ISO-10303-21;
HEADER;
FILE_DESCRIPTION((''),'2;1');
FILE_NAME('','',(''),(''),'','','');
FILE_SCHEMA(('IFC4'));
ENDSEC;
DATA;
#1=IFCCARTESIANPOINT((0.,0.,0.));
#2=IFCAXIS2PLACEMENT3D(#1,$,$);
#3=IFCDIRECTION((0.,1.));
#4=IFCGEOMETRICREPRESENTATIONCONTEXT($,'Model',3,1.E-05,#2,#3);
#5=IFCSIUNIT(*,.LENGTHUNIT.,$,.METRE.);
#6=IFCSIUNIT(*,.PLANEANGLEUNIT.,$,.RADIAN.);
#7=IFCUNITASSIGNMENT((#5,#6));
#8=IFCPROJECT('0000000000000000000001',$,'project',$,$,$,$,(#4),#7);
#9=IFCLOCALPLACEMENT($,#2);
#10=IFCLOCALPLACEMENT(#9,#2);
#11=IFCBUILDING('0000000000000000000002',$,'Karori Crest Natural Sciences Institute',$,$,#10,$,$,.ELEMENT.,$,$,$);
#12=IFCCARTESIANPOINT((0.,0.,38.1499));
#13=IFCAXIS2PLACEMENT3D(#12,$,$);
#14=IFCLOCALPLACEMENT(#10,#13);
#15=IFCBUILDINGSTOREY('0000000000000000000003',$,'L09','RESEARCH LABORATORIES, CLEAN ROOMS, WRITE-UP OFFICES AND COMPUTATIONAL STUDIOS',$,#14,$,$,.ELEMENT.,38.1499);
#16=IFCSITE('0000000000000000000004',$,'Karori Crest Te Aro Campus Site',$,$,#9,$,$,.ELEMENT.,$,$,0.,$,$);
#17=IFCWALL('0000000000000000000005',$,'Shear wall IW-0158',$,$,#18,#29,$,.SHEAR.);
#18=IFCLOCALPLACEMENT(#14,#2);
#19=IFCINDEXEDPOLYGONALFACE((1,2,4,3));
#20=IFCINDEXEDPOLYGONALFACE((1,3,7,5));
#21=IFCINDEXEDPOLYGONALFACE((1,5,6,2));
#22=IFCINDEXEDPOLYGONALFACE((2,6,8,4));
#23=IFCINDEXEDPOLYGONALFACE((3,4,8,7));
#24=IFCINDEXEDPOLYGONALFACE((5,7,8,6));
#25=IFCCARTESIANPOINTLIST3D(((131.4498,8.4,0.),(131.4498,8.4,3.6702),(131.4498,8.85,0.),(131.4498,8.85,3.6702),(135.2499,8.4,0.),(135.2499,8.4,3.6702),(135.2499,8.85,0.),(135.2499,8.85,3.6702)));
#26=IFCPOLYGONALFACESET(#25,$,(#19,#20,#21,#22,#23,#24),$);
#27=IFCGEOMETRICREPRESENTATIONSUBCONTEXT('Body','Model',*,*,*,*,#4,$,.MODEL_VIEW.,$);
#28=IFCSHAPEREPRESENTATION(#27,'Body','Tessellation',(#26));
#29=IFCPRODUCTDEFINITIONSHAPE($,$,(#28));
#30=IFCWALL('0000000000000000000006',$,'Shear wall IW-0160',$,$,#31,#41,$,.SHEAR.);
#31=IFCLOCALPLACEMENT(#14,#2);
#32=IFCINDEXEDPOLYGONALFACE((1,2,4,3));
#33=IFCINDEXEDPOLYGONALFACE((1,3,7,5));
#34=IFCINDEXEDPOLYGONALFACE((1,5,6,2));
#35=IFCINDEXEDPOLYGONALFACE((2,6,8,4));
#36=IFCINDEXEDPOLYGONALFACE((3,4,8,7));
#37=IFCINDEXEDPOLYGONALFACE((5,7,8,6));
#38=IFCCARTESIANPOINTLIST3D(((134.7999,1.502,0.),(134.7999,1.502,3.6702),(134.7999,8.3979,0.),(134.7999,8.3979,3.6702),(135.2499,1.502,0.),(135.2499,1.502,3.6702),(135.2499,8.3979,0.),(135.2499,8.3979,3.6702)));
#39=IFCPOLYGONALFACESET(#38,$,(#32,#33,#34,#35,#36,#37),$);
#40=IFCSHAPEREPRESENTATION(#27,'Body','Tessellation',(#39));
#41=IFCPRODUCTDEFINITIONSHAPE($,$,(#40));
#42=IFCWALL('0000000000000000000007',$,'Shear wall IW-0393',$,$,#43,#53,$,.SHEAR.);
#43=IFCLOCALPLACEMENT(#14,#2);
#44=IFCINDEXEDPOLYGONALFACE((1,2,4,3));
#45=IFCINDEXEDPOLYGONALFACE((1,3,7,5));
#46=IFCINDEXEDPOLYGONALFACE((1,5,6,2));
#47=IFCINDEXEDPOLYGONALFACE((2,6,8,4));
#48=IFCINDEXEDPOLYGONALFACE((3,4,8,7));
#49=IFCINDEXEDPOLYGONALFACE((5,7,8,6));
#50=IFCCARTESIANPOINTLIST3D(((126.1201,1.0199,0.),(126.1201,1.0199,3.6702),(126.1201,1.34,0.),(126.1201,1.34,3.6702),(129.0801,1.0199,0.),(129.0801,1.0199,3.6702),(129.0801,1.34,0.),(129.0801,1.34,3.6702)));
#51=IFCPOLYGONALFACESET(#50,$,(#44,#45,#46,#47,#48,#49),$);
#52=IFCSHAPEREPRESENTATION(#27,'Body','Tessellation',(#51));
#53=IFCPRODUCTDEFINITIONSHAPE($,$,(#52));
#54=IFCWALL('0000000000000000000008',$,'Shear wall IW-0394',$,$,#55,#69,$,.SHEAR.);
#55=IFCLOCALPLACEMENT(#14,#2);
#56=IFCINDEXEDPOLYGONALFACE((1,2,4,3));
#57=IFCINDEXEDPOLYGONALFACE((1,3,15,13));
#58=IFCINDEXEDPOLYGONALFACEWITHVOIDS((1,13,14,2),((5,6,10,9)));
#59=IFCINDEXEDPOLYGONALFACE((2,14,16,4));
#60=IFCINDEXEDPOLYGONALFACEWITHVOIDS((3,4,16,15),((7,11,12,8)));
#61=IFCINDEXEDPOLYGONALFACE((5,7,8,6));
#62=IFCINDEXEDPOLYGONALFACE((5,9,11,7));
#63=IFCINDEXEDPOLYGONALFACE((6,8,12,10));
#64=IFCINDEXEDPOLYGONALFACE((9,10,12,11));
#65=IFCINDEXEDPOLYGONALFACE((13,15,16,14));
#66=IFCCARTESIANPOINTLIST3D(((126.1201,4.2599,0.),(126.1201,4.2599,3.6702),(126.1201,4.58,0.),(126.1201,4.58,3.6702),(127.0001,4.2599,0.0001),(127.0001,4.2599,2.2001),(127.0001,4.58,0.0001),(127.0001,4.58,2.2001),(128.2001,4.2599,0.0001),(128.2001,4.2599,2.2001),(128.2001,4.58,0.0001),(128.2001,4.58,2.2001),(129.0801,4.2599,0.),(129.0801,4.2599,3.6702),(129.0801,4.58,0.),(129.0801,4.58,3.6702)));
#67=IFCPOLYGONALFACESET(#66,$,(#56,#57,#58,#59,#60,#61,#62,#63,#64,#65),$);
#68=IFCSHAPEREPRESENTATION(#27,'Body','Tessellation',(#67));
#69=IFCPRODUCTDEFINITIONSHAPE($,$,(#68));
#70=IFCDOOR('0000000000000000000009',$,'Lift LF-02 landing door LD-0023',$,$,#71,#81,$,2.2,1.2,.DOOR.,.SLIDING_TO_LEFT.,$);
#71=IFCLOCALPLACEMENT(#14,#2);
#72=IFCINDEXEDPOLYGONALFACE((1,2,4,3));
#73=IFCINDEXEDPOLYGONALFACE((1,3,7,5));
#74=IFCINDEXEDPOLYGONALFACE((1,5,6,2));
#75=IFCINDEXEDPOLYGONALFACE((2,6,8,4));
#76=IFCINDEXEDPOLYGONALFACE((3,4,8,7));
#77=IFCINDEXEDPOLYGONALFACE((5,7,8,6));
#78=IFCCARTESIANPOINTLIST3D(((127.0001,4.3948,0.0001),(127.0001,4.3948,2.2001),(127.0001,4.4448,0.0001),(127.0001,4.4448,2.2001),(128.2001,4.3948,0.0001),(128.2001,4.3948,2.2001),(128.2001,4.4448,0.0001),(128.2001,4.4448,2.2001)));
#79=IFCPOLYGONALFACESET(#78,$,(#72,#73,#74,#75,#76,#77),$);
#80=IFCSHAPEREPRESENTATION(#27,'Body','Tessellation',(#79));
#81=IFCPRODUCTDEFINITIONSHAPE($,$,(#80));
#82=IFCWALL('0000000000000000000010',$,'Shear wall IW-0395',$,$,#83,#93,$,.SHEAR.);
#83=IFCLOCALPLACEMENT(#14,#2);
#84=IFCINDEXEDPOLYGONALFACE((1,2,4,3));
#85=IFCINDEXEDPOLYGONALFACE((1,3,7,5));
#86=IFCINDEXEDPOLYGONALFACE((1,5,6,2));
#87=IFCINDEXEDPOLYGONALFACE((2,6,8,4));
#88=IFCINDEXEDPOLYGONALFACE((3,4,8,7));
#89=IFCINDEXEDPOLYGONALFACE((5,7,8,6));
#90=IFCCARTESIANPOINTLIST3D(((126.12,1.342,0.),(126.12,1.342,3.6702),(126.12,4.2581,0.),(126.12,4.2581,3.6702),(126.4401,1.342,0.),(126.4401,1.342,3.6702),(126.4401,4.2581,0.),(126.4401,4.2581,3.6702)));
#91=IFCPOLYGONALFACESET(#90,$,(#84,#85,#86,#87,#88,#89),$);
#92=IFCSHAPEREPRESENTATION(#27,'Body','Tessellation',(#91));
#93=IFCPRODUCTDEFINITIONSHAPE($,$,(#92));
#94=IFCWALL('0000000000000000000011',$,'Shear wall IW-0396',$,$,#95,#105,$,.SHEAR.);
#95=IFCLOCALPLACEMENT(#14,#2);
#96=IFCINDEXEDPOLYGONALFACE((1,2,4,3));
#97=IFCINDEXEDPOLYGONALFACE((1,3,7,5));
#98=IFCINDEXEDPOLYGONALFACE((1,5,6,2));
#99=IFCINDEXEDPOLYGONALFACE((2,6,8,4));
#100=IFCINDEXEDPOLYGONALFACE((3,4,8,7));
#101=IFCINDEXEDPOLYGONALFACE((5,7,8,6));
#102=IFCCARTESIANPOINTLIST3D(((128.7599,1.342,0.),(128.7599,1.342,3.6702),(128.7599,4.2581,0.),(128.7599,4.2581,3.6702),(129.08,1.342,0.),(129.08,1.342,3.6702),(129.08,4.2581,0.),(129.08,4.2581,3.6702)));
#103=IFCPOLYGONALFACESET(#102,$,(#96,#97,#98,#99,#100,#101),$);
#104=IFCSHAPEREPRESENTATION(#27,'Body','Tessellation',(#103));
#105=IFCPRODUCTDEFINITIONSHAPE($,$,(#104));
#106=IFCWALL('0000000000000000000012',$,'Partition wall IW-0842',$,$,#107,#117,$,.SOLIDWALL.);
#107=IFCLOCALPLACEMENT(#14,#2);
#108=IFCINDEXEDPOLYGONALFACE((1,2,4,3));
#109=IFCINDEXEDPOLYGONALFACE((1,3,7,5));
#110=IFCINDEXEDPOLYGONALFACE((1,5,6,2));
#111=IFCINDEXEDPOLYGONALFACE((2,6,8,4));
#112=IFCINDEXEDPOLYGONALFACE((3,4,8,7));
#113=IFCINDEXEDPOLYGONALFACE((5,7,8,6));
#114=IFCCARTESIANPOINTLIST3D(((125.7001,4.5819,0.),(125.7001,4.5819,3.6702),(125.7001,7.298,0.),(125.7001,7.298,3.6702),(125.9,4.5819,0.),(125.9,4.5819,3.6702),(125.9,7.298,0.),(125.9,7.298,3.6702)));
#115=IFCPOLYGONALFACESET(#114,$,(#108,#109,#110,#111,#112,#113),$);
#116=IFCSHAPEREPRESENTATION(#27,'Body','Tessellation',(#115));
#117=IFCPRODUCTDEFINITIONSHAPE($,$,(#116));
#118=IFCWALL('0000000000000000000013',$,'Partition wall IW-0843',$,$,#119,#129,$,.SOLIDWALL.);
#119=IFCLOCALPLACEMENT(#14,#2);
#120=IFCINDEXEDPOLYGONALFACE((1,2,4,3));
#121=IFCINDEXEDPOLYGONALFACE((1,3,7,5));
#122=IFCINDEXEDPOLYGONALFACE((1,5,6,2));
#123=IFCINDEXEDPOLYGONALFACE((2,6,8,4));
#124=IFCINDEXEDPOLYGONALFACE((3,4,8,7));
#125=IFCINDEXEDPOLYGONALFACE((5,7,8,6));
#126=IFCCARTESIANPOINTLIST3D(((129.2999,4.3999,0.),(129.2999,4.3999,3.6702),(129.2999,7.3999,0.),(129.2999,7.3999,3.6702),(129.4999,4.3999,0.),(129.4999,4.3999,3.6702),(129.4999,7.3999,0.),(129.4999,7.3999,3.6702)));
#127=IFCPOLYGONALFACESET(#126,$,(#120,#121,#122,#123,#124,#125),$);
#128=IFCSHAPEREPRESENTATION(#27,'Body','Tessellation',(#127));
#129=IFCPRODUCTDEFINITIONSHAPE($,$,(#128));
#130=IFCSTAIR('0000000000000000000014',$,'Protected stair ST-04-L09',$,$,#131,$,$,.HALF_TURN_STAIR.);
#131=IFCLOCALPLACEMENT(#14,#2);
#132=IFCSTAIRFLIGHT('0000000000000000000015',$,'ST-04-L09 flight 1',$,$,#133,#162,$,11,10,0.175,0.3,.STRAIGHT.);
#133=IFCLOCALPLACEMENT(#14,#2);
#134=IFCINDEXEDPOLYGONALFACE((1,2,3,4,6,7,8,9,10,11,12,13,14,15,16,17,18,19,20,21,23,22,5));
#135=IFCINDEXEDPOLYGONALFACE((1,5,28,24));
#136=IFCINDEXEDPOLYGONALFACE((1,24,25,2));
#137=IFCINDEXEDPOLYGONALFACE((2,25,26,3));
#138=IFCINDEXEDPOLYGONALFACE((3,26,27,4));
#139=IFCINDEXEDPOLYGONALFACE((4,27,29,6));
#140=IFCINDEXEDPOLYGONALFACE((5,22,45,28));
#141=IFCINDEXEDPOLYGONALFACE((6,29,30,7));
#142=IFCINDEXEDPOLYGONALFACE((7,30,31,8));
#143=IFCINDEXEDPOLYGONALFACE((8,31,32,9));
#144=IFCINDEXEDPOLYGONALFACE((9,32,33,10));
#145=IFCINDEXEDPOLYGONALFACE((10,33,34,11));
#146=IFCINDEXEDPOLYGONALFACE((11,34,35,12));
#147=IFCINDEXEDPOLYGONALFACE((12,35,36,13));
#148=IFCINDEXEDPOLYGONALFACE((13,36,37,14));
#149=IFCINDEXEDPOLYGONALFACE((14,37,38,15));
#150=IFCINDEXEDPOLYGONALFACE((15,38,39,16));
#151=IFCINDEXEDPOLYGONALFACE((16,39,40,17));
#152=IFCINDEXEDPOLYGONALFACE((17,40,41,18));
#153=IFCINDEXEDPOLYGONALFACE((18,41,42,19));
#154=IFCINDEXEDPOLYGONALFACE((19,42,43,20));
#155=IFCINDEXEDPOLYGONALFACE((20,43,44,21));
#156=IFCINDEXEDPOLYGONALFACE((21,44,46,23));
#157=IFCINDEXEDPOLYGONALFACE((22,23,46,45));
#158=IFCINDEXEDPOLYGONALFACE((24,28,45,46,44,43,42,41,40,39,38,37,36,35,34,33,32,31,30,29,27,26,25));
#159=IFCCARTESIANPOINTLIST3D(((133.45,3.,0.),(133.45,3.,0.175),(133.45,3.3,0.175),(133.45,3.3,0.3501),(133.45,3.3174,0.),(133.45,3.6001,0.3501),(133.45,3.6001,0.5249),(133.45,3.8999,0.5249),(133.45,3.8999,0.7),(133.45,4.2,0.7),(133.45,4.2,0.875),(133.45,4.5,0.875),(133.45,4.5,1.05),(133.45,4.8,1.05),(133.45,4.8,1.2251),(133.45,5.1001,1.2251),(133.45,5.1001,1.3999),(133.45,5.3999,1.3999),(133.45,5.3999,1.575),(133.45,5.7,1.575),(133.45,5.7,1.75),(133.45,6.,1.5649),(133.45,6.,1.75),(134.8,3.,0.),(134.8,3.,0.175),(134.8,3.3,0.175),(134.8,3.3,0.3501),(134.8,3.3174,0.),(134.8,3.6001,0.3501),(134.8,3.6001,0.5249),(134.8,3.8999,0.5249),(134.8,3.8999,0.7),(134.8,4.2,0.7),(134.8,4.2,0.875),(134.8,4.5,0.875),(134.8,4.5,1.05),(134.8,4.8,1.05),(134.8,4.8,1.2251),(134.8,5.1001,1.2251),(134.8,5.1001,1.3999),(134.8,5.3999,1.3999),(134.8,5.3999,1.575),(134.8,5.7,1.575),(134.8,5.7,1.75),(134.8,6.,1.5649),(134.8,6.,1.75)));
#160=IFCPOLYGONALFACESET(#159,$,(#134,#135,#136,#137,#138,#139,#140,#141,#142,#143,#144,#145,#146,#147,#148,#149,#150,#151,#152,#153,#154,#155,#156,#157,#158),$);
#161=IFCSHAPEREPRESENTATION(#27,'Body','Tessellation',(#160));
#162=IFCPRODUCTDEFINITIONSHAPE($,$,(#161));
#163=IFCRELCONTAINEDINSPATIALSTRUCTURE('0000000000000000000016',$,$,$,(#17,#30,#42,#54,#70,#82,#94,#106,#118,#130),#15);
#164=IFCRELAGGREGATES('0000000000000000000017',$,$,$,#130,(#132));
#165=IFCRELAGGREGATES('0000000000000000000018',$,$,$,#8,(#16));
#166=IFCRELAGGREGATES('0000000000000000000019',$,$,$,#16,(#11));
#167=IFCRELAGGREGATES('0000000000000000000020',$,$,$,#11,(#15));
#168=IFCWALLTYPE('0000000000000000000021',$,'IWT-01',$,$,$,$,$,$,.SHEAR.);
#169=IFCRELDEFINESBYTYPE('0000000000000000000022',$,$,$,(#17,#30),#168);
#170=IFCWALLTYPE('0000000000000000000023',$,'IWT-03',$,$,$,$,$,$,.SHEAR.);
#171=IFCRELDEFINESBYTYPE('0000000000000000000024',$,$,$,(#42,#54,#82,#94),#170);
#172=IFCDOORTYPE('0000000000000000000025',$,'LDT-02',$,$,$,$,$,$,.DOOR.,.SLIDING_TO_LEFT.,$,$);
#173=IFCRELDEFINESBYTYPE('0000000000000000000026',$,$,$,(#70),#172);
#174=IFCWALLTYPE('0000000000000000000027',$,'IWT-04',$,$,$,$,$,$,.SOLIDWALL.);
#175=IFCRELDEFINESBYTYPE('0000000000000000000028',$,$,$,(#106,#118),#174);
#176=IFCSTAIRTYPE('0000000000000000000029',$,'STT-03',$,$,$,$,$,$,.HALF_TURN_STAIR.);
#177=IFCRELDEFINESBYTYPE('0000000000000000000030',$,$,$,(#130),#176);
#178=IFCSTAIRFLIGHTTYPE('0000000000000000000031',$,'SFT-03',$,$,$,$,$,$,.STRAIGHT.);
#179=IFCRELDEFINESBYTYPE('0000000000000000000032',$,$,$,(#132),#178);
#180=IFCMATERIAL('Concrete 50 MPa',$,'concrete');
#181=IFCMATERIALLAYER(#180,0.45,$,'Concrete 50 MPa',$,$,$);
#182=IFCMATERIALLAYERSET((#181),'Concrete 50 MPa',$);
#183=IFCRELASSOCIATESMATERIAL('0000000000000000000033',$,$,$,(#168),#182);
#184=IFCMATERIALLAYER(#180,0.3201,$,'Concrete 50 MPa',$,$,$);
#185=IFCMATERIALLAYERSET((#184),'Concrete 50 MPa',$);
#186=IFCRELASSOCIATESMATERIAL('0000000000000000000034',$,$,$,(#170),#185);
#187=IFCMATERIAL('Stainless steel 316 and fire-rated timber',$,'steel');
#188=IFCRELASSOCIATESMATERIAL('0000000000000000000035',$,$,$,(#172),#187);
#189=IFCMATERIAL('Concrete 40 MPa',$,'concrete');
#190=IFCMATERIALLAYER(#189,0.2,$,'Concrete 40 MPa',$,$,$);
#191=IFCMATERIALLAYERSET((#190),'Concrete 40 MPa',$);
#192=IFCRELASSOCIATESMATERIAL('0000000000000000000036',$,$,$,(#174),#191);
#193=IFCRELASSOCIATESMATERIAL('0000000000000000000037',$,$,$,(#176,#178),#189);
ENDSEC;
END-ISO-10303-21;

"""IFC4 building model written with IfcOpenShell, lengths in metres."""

from ifc_helpers import new_model, si_unit, direction, frame, frame_2d, origin, place, context, subcontext, project, spatial, polyline, rectangle, outline, extrude, material, layer, layer_set, type_object, element, fill, aggregate, save


model = new_model("IFC4")

# Units and contexts
model_context = context("Model", 3, precision=1e-05, world=origin(), true_north=direction((0.0, 1.0)))
body_context = subcontext(model_context, "Body", "Model", "MODEL_VIEW")
ifc_project = project(units=[si_unit("LENGTHUNIT", "METRE"), si_unit("PLANEANGLEUNIT", "RADIAN")], contexts=[model_context])

# Site, building, storey
site_placement = place(None, origin())
site = spatial("IfcSite", under=ifc_project, at=site_placement, Name="Karori Crest Te Aro Campus Site", CompositionType="ELEMENT", RefElevation=0.0)
building_placement = place(site_placement, origin())
building = spatial("IfcBuilding", under=site, at=building_placement, Name="Karori Crest Natural Sciences Institute", CompositionType="ELEMENT")
storey_placement = place(building_placement, frame((0.0, 0.0, 38.1499)))
storey = spatial("IfcBuildingStorey", under=building, at=storey_placement, Name="L09", Description="RESEARCH LABORATORIES, CLEAN ROOMS, WRITE-UP OFFICES AND COMPUTATIONAL STUDIOS", CompositionType="ELEMENT", Elevation=38.1499)

# Shared definitions
ifc_material_1 = material(Name="Concrete 50 MPa", Category="concrete")

# Wall
ifc_layer_1 = layer(ifc_material_1, 0.45, Name="Concrete 50 MPa")
ifc_layer_set_1 = layer_set([ifc_layer_1], Name="Concrete 50 MPa")
wall_type_1 = type_object("IfcWallType", Name="IWT-01", PredefinedType="SHEAR", material=ifc_layer_set_1)
for number, where, z_axis, x_axis, name in (
    (1, (131.45, 8.625, 0.0), (0.0, 0.0, 1.0), (1.0, 0.0, 0.0), "Shear wall IW-0158"),
):
    element("IfcWall", number, at=place(storey_placement, frame(where, z_axis=z_axis, x_axis=x_axis)), inside=storey, type_object=wall_type_1, Name=name, PredefinedType="SHEAR", context=body_context, shape_type="SweptSolid", body=[
        extrude(rectangle(XDim=3.8, YDim=0.45, at=frame_2d((1.8999, 0.0))), origin(), (0.0, 0.0, 1.0), 3.6702),
    ])

# Shared definitions
ifc_material_2 = material(Name="Stainless steel 316 and fire-rated timber", Category="steel")

# Walls
wall_1_placement = place(storey_placement, frame((135.0249, 1.502, 0.0), z_axis=(0.0, 0.0, 1.0), x_axis=(0.0, 1.0, 0.0)))
element("IfcWall", 2, at=wall_1_placement, inside=storey, type_object=wall_type_1, Name="Shear wall IW-0160", PredefinedType="SHEAR", context=body_context, shape_type="SweptSolid", body=[
    extrude(rectangle(XDim=6.896, YDim=0.45, at=frame_2d((3.448, 0.0))), origin(), (0.0, 0.0, 1.0), 3.6702),
])
ifc_layer_2 = layer(ifc_material_1, 0.3201, Name="Concrete 50 MPa")
ifc_layer_set_2 = layer_set([ifc_layer_2], Name="Concrete 50 MPa")
wall_type_2 = type_object("IfcWallType", Name="IWT-03", PredefinedType="SHEAR", material=ifc_layer_set_2)
wall_2_placement = place(storey_placement, frame((126.1201, 1.1799, 0.0), z_axis=(0.0, 0.0, 1.0), x_axis=(1.0, 0.0, 0.0)))
element("IfcWall", 3, at=wall_2_placement, inside=storey, type_object=wall_type_2, Name="Shear wall IW-0393", PredefinedType="SHEAR", context=body_context, shape_type="SweptSolid", body=[
    extrude(rectangle(XDim=2.96, YDim=0.3201, at=frame_2d((1.48, 0.0))), origin(), (0.0, 0.0, 1.0), 3.6702),
])

# Wall, opening, door
wall_3_placement = place(storey_placement, frame((126.1201, 4.4199, 0.0), z_axis=(0.0, 0.0, 1.0), x_axis=(1.0, 0.0, 0.0)))
wall_3 = element("IfcWall", 4, at=wall_3_placement, inside=storey, type_object=wall_type_2, Name="Shear wall IW-0394", PredefinedType="SHEAR", context=body_context, shape_type="SweptSolid", body=[
    extrude(rectangle(XDim=2.96, YDim=0.3201, at=frame_2d((1.48, 0.0))), origin(), (0.0, 0.0, 1.0), 3.6702),
])
opening_1_placement = place(wall_3_placement, frame((0.8799, 0.0, 0.0)))
opening_1 = element("IfcOpeningElement", 5, at=opening_1_placement, cuts=wall_3, PredefinedType="OPENING", context=body_context, shape_type="SweptSolid", body=[
    extrude(rectangle(XDim=1.2, YDim=2.2, at=frame_2d((0.6001, 1.1001))), frame((0.0, 0.1699, 0.0), z_axis=(0.0, -1.0, 0.0), x_axis=(1.0, 0.0, 0.0)), (0.0, 0.0, 1.0), 0.3401),
])
door_type_1 = type_object("IfcDoorType", Name="LDT-02", OperationType="SLIDING_TO_LEFT", PredefinedType="DOOR", material=ifc_material_2)
door_1_placement = place(opening_1_placement, origin())
door_1 = element("IfcDoor", 6, at=door_1_placement, inside=storey, type_object=door_type_1, Name="Lift LF-02 landing door LD-0023", OperationType="SLIDING_TO_LEFT", OverallHeight=2.2, OverallWidth=1.2, PredefinedType="DOOR", context=body_context, shape_type="SweptSolid", body=[
    extrude(rectangle(XDim=1.2, YDim=2.2, at=frame_2d((0.6001, 1.1001))), frame((0.0, 0.0249, 0.0), z_axis=(0.0, -1.0, 0.0), x_axis=(1.0, 0.0, 0.0)), (0.0, 0.0, 1.0), 0.05),
])
fill(opening_1, door_1)

# Walls
for number, where, z_axis, x_axis, name in (
    (7, (126.28, 1.342, 0.0), (0.0, 0.0, 1.0), (0.0, 1.0, 0.0), "Shear wall IW-0395"),
    (8, (128.9199, 1.342, 0.0), (0.0, 0.0, 1.0), (0.0, 1.0, 0.0), "Shear wall IW-0396"),
):
    element("IfcWall", number, at=place(storey_placement, frame(where, z_axis=z_axis, x_axis=x_axis)), inside=storey, type_object=wall_type_2, Name=name, PredefinedType="SHEAR", context=body_context, shape_type="SweptSolid", body=[
        extrude(rectangle(XDim=2.916, YDim=0.3201, at=frame_2d((1.458, 0.0))), origin(), (0.0, 0.0, 1.0), 3.6702),
    ])

# Shared definitions
ifc_material_3 = material(Name="Concrete 40 MPa", Category="concrete")
ifc_layer_3 = layer(ifc_material_3, 0.2, Name="Concrete 40 MPa")
ifc_layer_set_3 = layer_set([ifc_layer_3], Name="Concrete 40 MPa")
wall_type_3 = type_object("IfcWallType", Name="IWT-04", PredefinedType="SOLIDWALL", material=ifc_layer_set_3)

# Walls
wall_4_placement = place(storey_placement, frame((125.8, 4.582, 0.0), z_axis=(0.0, 0.0, 1.0), x_axis=(0.0, 1.0, 0.0)))
element("IfcWall", 9, at=wall_4_placement, inside=storey, type_object=wall_type_3, Name="Partition wall IW-0842", PredefinedType="SOLIDWALL", context=body_context, shape_type="SweptSolid", body=[
    extrude(rectangle(XDim=2.7161, YDim=0.2, at=frame_2d((1.3579, 0.0))), origin(), (0.0, 0.0, 1.0), 3.6702),
])
wall_5_placement = place(storey_placement, frame((129.3999, 4.3999, 0.0), z_axis=(0.0, 0.0, 1.0), x_axis=(0.0, 1.0, 0.0)))
element("IfcWall", 10, at=wall_5_placement, inside=storey, type_object=wall_type_3, Name="Partition wall IW-0843", PredefinedType="SOLIDWALL", context=body_context, shape_type="SweptSolid", body=[
    extrude(rectangle(XDim=3.0, YDim=0.2, at=frame_2d((1.5, 0.0))), origin(), (0.0, 0.0, 1.0), 3.6702),
])

# Stair, stair flight
stair_type = type_object("IfcStairType", Name="STT-03", PredefinedType="HALF_TURN_STAIR", material=ifc_material_3)
stair_placement = place(storey_placement, origin())
stair = element("IfcStair", 11, at=stair_placement, inside=storey, type_object=stair_type, Name="Protected stair ST-04-L09", PredefinedType="HALF_TURN_STAIR")
stair_flight_type = type_object("IfcStairFlightType", Name="SFT-03", PredefinedType="STRAIGHT", material=ifc_material_3)
stair_flight_1_placement = place(storey_placement, frame((134.125, 3.0, 0.0), z_axis=(0.0, 0.0, 1.0), x_axis=(0.0, 1.0, 0.0)))
stair_flight_1 = element("IfcStairFlight", 12, at=stair_flight_1_placement, type_object=stair_flight_type, Name="ST-04-L09 flight 1", NumberOfRisers=11, NumberOfTreads=10, PredefinedType="STRAIGHT", RiserHeight=0.175, TreadLength=0.3, context=body_context, shape_type="SweptSolid", body=[
    extrude(outline(polyline([(0.0, 0.0), (0.0, 0.175), (0.3, 0.175), (0.3, 0.3501), (0.6001, 0.3501), (0.6001, 0.5249), (0.8999, 0.5249), (0.8999, 0.7), (1.2, 0.7), (1.2, 0.875), (1.5, 0.875), (1.5, 1.05), (1.8, 1.05), (1.8, 1.2251), (2.1001, 1.2251), (2.1001, 1.3999), (2.3999, 1.3999), (2.3999, 1.575), (2.7, 1.575), (2.7, 1.75), (3.0, 1.75), (3.0, 1.925), (3.0, 1.5649), (0.3174, 0.0), (0.0, 0.0)])), frame((0.0, 0.675, 0.0), z_axis=(0.0, -1.0, 0.0), x_axis=(1.0, 0.0, 0.0)), (0.0, 0.0, 1.0), 1.3501),
])
aggregate(stair, [stair_flight_1])

save(model, "model.ifc")
